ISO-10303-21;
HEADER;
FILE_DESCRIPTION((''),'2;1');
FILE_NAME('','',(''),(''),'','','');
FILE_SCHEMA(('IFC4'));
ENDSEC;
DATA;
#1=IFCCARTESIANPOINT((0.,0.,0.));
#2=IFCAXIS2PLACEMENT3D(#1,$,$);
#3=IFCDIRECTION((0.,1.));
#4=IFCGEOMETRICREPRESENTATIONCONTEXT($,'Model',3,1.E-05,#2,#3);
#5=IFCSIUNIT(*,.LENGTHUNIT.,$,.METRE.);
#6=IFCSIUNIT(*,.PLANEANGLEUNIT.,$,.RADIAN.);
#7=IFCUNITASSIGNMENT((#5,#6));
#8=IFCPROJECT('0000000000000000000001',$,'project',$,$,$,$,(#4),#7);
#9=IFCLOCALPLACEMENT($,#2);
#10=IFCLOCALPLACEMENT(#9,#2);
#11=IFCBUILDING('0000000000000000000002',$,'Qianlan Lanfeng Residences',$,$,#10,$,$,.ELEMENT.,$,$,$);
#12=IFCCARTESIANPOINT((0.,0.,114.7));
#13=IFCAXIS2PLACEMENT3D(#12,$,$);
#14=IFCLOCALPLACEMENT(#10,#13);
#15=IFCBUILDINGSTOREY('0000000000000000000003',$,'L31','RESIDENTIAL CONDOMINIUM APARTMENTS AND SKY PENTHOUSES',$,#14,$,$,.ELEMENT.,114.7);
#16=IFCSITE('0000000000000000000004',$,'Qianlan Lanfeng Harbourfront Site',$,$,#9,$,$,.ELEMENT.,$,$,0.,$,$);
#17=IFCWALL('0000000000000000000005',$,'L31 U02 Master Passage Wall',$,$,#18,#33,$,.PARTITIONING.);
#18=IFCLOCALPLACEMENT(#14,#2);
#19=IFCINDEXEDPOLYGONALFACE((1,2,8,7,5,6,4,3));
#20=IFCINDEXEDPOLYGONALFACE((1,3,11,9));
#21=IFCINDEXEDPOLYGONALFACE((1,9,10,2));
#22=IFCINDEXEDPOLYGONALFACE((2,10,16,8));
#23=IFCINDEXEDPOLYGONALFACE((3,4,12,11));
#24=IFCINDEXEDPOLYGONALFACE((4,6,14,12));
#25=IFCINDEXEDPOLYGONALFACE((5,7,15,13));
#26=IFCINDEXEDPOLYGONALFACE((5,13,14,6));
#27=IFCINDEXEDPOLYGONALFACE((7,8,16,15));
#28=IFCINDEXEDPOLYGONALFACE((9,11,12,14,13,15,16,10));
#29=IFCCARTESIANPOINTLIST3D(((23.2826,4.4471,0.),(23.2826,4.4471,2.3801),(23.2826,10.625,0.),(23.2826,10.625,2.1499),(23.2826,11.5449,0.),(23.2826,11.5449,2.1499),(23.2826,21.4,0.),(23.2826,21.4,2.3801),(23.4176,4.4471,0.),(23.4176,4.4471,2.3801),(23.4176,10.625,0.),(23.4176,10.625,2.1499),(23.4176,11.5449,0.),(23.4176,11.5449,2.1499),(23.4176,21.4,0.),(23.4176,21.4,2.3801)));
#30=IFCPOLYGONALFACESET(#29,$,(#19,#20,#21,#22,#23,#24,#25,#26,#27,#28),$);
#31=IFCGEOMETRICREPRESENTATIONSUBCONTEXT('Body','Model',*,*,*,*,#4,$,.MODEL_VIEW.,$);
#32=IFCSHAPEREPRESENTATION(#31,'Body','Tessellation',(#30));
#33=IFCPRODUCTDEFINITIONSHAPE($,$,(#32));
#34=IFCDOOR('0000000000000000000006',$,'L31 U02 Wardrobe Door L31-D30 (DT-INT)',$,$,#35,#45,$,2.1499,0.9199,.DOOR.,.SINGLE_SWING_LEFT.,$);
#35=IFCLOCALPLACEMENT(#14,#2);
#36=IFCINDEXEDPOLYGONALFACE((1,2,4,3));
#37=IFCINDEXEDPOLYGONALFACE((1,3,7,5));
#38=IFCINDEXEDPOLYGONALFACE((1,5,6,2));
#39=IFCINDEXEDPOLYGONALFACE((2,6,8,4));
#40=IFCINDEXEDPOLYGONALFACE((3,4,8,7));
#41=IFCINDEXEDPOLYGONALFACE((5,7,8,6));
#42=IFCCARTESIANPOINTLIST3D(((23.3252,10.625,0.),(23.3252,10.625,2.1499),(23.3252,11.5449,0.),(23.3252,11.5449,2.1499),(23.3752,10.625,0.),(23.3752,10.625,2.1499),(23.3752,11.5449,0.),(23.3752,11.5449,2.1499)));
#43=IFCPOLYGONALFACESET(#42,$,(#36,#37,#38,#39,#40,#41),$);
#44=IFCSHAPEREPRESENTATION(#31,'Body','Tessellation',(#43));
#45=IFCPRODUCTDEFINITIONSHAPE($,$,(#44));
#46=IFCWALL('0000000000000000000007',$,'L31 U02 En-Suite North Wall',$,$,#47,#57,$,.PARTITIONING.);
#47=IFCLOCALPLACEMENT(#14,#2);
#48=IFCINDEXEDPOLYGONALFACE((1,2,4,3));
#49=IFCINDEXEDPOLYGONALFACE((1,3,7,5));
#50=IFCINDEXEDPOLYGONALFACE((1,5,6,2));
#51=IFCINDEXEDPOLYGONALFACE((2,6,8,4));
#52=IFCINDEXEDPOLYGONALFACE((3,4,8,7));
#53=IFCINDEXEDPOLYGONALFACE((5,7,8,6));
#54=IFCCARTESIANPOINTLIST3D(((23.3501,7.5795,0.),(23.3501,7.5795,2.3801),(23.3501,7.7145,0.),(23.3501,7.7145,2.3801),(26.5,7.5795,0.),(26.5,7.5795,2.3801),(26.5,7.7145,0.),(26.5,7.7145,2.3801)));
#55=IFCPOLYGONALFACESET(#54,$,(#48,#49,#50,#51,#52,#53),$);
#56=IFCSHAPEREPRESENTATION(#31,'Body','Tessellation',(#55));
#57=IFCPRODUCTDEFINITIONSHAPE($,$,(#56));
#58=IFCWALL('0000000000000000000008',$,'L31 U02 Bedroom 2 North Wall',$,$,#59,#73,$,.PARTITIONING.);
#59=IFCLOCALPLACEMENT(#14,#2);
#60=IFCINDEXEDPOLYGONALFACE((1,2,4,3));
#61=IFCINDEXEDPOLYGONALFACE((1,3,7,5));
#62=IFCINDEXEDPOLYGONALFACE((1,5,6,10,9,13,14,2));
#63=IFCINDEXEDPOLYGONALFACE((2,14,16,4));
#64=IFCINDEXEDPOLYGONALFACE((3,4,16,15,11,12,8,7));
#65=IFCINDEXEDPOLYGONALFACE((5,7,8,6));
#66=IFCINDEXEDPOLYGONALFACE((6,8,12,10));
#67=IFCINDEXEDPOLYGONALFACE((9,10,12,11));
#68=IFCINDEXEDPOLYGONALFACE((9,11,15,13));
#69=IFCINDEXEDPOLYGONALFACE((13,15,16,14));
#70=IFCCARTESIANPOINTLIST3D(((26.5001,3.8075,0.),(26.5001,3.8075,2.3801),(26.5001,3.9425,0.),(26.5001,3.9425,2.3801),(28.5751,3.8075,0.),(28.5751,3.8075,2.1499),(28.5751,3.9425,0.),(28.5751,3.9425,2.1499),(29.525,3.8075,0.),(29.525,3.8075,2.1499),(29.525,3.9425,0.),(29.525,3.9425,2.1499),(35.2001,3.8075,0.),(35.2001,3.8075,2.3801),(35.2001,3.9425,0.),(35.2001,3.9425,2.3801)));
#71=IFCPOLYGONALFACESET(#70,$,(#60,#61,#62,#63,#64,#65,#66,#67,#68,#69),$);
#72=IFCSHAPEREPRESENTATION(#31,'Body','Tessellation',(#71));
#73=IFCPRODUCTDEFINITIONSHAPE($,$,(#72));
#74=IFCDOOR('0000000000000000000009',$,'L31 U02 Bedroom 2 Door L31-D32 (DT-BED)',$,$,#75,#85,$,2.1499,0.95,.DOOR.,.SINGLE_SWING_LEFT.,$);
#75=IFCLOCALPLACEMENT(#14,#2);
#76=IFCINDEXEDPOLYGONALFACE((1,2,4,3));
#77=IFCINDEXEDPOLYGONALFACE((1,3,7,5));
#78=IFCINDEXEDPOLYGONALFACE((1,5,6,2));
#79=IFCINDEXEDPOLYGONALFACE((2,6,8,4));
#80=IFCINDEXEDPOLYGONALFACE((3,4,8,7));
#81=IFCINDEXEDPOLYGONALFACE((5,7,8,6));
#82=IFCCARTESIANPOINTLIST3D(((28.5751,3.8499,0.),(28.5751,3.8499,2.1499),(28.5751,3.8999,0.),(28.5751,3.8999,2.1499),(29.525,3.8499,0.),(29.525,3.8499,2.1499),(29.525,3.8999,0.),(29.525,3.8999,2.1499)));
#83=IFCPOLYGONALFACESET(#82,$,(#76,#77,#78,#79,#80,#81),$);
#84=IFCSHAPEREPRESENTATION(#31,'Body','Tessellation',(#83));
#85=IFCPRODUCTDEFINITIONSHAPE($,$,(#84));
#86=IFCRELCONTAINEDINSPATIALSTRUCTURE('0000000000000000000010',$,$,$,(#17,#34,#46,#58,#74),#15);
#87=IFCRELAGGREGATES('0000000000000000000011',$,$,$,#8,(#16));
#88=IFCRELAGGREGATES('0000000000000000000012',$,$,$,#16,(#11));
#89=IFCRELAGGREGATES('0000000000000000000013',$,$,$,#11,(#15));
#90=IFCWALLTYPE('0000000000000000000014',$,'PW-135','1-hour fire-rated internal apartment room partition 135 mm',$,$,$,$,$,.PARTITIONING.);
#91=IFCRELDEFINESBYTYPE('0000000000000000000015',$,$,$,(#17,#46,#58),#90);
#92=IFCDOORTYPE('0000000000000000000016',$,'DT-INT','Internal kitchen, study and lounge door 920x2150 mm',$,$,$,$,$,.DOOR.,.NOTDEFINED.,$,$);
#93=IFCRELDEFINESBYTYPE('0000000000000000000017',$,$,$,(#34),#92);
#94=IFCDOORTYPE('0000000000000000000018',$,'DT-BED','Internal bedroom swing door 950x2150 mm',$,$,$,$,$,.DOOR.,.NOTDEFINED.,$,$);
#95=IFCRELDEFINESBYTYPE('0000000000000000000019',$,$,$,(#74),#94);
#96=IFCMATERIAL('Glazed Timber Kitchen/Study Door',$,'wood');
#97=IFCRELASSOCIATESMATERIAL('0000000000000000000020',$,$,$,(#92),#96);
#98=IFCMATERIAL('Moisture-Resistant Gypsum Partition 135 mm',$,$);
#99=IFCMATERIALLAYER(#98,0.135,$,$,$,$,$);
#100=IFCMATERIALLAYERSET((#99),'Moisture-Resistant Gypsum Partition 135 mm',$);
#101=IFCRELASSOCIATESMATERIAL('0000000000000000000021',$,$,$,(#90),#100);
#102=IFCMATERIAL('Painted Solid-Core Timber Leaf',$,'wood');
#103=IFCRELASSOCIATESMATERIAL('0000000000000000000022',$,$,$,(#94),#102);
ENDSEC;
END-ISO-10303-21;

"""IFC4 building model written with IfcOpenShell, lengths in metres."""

from ifc_helpers import new_model, si_unit, direction, frame, frame_2d, origin, place, context, subcontext, project, spatial, rectangle, extrude, material, layer, layer_set, type_object, element, fill, save


model = new_model("IFC4")

# Units and contexts
model_context = context("Model", 3, precision=1e-05, world=origin(), true_north=direction((0.0, 1.0)))
body_context = subcontext(model_context, "Body", "Model", "MODEL_VIEW")
ifc_project = project(units=[si_unit("LENGTHUNIT", "METRE"), si_unit("PLANEANGLEUNIT", "RADIAN")], contexts=[model_context])

# Site, building, storey
site_placement = place(None, origin())
site = spatial("IfcSite", under=ifc_project, at=site_placement, Name="Qianlan Lanfeng Harbourfront Site", CompositionType="ELEMENT", RefElevation=0.0)
building_placement = place(site_placement, origin())
building = spatial("IfcBuilding", under=site, at=building_placement, Name="Qianlan Lanfeng Residences", CompositionType="ELEMENT")
storey_placement = place(building_placement, frame((0.0, 0.0, 114.7)))
storey = spatial("IfcBuildingStorey", under=building, at=storey_placement, Name="L31", Description="RESIDENTIAL CONDOMINIUM APARTMENTS AND SKY PENTHOUSES", CompositionType="ELEMENT", Elevation=114.7)

# Shared definitions
ifc_material_1 = material(Name="Glazed Timber Kitchen/Study Door", Category="wood")
door_type_1 = type_object("IfcDoorType", Name="DT-INT", Description="Internal kitchen, study and lounge door 920x2150 mm", OperationType="NOTDEFINED", PredefinedType="DOOR", material=ifc_material_1)

# Shared definitions
ifc_material_2 = material(Name="Moisture-Resistant Gypsum Partition 135 mm")
ifc_layer_1 = layer(ifc_material_2, 0.135)
ifc_layer_set_1 = layer_set([ifc_layer_1], Name="Moisture-Resistant Gypsum Partition 135 mm")
wall_type_1 = type_object("IfcWallType", Name="PW-135", Description="1-hour fire-rated internal apartment room partition 135 mm", PredefinedType="PARTITIONING", material=ifc_layer_set_1)

# Shared definitions
ifc_material_3 = material(Name="Painted Solid-Core Timber Leaf", Category="wood")
door_type_2 = type_object("IfcDoorType", Name="DT-BED", Description="Internal bedroom swing door 950x2150 mm", OperationType="NOTDEFINED", PredefinedType="DOOR", material=ifc_material_3)

# Wall, opening, door
wall_1_placement = place(storey_placement, frame((23.3501, 4.447, 0.0), z_axis=(0.0, 0.0, 1.0), x_axis=(0.0, 1.0, 0.0)))
wall_1 = element("IfcWall", 1, at=wall_1_placement, inside=storey, type_object=wall_type_1, Name="L31 U02 Master Passage Wall", PredefinedType="PARTITIONING", context=body_context, shape_type="SweptSolid", body=[
    extrude(rectangle(XDim=16.9529, YDim=0.135, at=frame_2d((8.4766, 0.0))), origin(), (0.0, 0.0, 1.0), 2.3801),
])
opening_1_placement = place(wall_1_placement, frame((6.178, 0.0, 0.0)))
opening_1 = element("IfcOpeningElement", 2, at=opening_1_placement, cuts=wall_1, PredefinedType="OPENING", context=body_context, shape_type="SweptSolid", body=[
    extrude(rectangle(XDim=0.9199, YDim=2.1499, at=frame_2d((0.46, 1.075))), frame((0.0, 0.0776, 0.0), z_axis=(0.0, -1.0, 0.0), x_axis=(1.0, 0.0, 0.0)), (0.0, 0.0, 1.0), 0.155),
])
door_1_placement = place(opening_1_placement, origin())
door_1 = element("IfcDoor", 3, at=door_1_placement, inside=storey, type_object=door_type_1, Name="L31 U02 Wardrobe Door L31-D30 (DT-INT)", OperationType="SINGLE_SWING_LEFT", OverallHeight=2.1499, OverallWidth=0.9199, PredefinedType="DOOR", context=body_context, shape_type="SweptSolid", body=[
    extrude(rectangle(XDim=0.9199, YDim=2.1499, at=frame_2d((0.46, 1.075))), frame((0.0, 0.0249, 0.0), z_axis=(0.0, -1.0, 0.0), x_axis=(1.0, 0.0, 0.0)), (0.0, 0.0, 1.0), 0.05),
])
fill(opening_1, door_1)

# Wall
wall_2_placement = place(storey_placement, frame((23.3501, 7.647, 0.0), z_axis=(0.0, 0.0, 1.0), x_axis=(1.0, 0.0, 0.0)))
element("IfcWall", 4, at=wall_2_placement, inside=storey, type_object=wall_type_1, Name="L31 U02 En-Suite North Wall", PredefinedType="PARTITIONING", context=body_context, shape_type="SweptSolid", body=[
    extrude(rectangle(XDim=3.1499, YDim=0.135, at=frame_2d((1.575, 0.0))), origin(), (0.0, 0.0, 1.0), 2.3801),
])

# Wall, opening, door
wall_3_placement = place(storey_placement, frame((26.5, 3.875, 0.0), z_axis=(0.0, 0.0, 1.0), x_axis=(1.0, 0.0, 0.0)))
wall_3 = element("IfcWall", 5, at=wall_3_placement, inside=storey, type_object=wall_type_1, Name="L31 U02 Bedroom 2 North Wall", PredefinedType="PARTITIONING", context=body_context, shape_type="SweptSolid", body=[
    extrude(rectangle(XDim=8.7, YDim=0.135, at=frame_2d((4.3501, 0.0))), origin(), (0.0, 0.0, 1.0), 2.3801),
])
opening_2_placement = place(wall_3_placement, frame((2.075, 0.0, 0.0)))
opening_2 = element("IfcOpeningElement", 6, at=opening_2_placement, cuts=wall_3, PredefinedType="OPENING", context=body_context, shape_type="SweptSolid", body=[
    extrude(rectangle(XDim=0.95, YDim=2.1499, at=frame_2d((0.4751, 1.075))), frame((0.0, 0.0776, 0.0), z_axis=(0.0, -1.0, 0.0), x_axis=(1.0, 0.0, 0.0)), (0.0, 0.0, 1.0), 0.155),
])
door_2_placement = place(opening_2_placement, origin())
door_2 = element("IfcDoor", 7, at=door_2_placement, inside=storey, type_object=door_type_2, Name="L31 U02 Bedroom 2 Door L31-D32 (DT-BED)", OperationType="SINGLE_SWING_LEFT", OverallHeight=2.1499, OverallWidth=0.95, PredefinedType="DOOR", context=body_context, shape_type="SweptSolid", body=[
    extrude(rectangle(XDim=0.95, YDim=2.1499, at=frame_2d((0.4751, 1.075))), frame((0.0, 0.0249, 0.0), z_axis=(0.0, -1.0, 0.0), x_axis=(1.0, 0.0, 0.0)), (0.0, 0.0, 1.0), 0.05),
])
fill(opening_2, door_2)

save(model, "model.ifc")
